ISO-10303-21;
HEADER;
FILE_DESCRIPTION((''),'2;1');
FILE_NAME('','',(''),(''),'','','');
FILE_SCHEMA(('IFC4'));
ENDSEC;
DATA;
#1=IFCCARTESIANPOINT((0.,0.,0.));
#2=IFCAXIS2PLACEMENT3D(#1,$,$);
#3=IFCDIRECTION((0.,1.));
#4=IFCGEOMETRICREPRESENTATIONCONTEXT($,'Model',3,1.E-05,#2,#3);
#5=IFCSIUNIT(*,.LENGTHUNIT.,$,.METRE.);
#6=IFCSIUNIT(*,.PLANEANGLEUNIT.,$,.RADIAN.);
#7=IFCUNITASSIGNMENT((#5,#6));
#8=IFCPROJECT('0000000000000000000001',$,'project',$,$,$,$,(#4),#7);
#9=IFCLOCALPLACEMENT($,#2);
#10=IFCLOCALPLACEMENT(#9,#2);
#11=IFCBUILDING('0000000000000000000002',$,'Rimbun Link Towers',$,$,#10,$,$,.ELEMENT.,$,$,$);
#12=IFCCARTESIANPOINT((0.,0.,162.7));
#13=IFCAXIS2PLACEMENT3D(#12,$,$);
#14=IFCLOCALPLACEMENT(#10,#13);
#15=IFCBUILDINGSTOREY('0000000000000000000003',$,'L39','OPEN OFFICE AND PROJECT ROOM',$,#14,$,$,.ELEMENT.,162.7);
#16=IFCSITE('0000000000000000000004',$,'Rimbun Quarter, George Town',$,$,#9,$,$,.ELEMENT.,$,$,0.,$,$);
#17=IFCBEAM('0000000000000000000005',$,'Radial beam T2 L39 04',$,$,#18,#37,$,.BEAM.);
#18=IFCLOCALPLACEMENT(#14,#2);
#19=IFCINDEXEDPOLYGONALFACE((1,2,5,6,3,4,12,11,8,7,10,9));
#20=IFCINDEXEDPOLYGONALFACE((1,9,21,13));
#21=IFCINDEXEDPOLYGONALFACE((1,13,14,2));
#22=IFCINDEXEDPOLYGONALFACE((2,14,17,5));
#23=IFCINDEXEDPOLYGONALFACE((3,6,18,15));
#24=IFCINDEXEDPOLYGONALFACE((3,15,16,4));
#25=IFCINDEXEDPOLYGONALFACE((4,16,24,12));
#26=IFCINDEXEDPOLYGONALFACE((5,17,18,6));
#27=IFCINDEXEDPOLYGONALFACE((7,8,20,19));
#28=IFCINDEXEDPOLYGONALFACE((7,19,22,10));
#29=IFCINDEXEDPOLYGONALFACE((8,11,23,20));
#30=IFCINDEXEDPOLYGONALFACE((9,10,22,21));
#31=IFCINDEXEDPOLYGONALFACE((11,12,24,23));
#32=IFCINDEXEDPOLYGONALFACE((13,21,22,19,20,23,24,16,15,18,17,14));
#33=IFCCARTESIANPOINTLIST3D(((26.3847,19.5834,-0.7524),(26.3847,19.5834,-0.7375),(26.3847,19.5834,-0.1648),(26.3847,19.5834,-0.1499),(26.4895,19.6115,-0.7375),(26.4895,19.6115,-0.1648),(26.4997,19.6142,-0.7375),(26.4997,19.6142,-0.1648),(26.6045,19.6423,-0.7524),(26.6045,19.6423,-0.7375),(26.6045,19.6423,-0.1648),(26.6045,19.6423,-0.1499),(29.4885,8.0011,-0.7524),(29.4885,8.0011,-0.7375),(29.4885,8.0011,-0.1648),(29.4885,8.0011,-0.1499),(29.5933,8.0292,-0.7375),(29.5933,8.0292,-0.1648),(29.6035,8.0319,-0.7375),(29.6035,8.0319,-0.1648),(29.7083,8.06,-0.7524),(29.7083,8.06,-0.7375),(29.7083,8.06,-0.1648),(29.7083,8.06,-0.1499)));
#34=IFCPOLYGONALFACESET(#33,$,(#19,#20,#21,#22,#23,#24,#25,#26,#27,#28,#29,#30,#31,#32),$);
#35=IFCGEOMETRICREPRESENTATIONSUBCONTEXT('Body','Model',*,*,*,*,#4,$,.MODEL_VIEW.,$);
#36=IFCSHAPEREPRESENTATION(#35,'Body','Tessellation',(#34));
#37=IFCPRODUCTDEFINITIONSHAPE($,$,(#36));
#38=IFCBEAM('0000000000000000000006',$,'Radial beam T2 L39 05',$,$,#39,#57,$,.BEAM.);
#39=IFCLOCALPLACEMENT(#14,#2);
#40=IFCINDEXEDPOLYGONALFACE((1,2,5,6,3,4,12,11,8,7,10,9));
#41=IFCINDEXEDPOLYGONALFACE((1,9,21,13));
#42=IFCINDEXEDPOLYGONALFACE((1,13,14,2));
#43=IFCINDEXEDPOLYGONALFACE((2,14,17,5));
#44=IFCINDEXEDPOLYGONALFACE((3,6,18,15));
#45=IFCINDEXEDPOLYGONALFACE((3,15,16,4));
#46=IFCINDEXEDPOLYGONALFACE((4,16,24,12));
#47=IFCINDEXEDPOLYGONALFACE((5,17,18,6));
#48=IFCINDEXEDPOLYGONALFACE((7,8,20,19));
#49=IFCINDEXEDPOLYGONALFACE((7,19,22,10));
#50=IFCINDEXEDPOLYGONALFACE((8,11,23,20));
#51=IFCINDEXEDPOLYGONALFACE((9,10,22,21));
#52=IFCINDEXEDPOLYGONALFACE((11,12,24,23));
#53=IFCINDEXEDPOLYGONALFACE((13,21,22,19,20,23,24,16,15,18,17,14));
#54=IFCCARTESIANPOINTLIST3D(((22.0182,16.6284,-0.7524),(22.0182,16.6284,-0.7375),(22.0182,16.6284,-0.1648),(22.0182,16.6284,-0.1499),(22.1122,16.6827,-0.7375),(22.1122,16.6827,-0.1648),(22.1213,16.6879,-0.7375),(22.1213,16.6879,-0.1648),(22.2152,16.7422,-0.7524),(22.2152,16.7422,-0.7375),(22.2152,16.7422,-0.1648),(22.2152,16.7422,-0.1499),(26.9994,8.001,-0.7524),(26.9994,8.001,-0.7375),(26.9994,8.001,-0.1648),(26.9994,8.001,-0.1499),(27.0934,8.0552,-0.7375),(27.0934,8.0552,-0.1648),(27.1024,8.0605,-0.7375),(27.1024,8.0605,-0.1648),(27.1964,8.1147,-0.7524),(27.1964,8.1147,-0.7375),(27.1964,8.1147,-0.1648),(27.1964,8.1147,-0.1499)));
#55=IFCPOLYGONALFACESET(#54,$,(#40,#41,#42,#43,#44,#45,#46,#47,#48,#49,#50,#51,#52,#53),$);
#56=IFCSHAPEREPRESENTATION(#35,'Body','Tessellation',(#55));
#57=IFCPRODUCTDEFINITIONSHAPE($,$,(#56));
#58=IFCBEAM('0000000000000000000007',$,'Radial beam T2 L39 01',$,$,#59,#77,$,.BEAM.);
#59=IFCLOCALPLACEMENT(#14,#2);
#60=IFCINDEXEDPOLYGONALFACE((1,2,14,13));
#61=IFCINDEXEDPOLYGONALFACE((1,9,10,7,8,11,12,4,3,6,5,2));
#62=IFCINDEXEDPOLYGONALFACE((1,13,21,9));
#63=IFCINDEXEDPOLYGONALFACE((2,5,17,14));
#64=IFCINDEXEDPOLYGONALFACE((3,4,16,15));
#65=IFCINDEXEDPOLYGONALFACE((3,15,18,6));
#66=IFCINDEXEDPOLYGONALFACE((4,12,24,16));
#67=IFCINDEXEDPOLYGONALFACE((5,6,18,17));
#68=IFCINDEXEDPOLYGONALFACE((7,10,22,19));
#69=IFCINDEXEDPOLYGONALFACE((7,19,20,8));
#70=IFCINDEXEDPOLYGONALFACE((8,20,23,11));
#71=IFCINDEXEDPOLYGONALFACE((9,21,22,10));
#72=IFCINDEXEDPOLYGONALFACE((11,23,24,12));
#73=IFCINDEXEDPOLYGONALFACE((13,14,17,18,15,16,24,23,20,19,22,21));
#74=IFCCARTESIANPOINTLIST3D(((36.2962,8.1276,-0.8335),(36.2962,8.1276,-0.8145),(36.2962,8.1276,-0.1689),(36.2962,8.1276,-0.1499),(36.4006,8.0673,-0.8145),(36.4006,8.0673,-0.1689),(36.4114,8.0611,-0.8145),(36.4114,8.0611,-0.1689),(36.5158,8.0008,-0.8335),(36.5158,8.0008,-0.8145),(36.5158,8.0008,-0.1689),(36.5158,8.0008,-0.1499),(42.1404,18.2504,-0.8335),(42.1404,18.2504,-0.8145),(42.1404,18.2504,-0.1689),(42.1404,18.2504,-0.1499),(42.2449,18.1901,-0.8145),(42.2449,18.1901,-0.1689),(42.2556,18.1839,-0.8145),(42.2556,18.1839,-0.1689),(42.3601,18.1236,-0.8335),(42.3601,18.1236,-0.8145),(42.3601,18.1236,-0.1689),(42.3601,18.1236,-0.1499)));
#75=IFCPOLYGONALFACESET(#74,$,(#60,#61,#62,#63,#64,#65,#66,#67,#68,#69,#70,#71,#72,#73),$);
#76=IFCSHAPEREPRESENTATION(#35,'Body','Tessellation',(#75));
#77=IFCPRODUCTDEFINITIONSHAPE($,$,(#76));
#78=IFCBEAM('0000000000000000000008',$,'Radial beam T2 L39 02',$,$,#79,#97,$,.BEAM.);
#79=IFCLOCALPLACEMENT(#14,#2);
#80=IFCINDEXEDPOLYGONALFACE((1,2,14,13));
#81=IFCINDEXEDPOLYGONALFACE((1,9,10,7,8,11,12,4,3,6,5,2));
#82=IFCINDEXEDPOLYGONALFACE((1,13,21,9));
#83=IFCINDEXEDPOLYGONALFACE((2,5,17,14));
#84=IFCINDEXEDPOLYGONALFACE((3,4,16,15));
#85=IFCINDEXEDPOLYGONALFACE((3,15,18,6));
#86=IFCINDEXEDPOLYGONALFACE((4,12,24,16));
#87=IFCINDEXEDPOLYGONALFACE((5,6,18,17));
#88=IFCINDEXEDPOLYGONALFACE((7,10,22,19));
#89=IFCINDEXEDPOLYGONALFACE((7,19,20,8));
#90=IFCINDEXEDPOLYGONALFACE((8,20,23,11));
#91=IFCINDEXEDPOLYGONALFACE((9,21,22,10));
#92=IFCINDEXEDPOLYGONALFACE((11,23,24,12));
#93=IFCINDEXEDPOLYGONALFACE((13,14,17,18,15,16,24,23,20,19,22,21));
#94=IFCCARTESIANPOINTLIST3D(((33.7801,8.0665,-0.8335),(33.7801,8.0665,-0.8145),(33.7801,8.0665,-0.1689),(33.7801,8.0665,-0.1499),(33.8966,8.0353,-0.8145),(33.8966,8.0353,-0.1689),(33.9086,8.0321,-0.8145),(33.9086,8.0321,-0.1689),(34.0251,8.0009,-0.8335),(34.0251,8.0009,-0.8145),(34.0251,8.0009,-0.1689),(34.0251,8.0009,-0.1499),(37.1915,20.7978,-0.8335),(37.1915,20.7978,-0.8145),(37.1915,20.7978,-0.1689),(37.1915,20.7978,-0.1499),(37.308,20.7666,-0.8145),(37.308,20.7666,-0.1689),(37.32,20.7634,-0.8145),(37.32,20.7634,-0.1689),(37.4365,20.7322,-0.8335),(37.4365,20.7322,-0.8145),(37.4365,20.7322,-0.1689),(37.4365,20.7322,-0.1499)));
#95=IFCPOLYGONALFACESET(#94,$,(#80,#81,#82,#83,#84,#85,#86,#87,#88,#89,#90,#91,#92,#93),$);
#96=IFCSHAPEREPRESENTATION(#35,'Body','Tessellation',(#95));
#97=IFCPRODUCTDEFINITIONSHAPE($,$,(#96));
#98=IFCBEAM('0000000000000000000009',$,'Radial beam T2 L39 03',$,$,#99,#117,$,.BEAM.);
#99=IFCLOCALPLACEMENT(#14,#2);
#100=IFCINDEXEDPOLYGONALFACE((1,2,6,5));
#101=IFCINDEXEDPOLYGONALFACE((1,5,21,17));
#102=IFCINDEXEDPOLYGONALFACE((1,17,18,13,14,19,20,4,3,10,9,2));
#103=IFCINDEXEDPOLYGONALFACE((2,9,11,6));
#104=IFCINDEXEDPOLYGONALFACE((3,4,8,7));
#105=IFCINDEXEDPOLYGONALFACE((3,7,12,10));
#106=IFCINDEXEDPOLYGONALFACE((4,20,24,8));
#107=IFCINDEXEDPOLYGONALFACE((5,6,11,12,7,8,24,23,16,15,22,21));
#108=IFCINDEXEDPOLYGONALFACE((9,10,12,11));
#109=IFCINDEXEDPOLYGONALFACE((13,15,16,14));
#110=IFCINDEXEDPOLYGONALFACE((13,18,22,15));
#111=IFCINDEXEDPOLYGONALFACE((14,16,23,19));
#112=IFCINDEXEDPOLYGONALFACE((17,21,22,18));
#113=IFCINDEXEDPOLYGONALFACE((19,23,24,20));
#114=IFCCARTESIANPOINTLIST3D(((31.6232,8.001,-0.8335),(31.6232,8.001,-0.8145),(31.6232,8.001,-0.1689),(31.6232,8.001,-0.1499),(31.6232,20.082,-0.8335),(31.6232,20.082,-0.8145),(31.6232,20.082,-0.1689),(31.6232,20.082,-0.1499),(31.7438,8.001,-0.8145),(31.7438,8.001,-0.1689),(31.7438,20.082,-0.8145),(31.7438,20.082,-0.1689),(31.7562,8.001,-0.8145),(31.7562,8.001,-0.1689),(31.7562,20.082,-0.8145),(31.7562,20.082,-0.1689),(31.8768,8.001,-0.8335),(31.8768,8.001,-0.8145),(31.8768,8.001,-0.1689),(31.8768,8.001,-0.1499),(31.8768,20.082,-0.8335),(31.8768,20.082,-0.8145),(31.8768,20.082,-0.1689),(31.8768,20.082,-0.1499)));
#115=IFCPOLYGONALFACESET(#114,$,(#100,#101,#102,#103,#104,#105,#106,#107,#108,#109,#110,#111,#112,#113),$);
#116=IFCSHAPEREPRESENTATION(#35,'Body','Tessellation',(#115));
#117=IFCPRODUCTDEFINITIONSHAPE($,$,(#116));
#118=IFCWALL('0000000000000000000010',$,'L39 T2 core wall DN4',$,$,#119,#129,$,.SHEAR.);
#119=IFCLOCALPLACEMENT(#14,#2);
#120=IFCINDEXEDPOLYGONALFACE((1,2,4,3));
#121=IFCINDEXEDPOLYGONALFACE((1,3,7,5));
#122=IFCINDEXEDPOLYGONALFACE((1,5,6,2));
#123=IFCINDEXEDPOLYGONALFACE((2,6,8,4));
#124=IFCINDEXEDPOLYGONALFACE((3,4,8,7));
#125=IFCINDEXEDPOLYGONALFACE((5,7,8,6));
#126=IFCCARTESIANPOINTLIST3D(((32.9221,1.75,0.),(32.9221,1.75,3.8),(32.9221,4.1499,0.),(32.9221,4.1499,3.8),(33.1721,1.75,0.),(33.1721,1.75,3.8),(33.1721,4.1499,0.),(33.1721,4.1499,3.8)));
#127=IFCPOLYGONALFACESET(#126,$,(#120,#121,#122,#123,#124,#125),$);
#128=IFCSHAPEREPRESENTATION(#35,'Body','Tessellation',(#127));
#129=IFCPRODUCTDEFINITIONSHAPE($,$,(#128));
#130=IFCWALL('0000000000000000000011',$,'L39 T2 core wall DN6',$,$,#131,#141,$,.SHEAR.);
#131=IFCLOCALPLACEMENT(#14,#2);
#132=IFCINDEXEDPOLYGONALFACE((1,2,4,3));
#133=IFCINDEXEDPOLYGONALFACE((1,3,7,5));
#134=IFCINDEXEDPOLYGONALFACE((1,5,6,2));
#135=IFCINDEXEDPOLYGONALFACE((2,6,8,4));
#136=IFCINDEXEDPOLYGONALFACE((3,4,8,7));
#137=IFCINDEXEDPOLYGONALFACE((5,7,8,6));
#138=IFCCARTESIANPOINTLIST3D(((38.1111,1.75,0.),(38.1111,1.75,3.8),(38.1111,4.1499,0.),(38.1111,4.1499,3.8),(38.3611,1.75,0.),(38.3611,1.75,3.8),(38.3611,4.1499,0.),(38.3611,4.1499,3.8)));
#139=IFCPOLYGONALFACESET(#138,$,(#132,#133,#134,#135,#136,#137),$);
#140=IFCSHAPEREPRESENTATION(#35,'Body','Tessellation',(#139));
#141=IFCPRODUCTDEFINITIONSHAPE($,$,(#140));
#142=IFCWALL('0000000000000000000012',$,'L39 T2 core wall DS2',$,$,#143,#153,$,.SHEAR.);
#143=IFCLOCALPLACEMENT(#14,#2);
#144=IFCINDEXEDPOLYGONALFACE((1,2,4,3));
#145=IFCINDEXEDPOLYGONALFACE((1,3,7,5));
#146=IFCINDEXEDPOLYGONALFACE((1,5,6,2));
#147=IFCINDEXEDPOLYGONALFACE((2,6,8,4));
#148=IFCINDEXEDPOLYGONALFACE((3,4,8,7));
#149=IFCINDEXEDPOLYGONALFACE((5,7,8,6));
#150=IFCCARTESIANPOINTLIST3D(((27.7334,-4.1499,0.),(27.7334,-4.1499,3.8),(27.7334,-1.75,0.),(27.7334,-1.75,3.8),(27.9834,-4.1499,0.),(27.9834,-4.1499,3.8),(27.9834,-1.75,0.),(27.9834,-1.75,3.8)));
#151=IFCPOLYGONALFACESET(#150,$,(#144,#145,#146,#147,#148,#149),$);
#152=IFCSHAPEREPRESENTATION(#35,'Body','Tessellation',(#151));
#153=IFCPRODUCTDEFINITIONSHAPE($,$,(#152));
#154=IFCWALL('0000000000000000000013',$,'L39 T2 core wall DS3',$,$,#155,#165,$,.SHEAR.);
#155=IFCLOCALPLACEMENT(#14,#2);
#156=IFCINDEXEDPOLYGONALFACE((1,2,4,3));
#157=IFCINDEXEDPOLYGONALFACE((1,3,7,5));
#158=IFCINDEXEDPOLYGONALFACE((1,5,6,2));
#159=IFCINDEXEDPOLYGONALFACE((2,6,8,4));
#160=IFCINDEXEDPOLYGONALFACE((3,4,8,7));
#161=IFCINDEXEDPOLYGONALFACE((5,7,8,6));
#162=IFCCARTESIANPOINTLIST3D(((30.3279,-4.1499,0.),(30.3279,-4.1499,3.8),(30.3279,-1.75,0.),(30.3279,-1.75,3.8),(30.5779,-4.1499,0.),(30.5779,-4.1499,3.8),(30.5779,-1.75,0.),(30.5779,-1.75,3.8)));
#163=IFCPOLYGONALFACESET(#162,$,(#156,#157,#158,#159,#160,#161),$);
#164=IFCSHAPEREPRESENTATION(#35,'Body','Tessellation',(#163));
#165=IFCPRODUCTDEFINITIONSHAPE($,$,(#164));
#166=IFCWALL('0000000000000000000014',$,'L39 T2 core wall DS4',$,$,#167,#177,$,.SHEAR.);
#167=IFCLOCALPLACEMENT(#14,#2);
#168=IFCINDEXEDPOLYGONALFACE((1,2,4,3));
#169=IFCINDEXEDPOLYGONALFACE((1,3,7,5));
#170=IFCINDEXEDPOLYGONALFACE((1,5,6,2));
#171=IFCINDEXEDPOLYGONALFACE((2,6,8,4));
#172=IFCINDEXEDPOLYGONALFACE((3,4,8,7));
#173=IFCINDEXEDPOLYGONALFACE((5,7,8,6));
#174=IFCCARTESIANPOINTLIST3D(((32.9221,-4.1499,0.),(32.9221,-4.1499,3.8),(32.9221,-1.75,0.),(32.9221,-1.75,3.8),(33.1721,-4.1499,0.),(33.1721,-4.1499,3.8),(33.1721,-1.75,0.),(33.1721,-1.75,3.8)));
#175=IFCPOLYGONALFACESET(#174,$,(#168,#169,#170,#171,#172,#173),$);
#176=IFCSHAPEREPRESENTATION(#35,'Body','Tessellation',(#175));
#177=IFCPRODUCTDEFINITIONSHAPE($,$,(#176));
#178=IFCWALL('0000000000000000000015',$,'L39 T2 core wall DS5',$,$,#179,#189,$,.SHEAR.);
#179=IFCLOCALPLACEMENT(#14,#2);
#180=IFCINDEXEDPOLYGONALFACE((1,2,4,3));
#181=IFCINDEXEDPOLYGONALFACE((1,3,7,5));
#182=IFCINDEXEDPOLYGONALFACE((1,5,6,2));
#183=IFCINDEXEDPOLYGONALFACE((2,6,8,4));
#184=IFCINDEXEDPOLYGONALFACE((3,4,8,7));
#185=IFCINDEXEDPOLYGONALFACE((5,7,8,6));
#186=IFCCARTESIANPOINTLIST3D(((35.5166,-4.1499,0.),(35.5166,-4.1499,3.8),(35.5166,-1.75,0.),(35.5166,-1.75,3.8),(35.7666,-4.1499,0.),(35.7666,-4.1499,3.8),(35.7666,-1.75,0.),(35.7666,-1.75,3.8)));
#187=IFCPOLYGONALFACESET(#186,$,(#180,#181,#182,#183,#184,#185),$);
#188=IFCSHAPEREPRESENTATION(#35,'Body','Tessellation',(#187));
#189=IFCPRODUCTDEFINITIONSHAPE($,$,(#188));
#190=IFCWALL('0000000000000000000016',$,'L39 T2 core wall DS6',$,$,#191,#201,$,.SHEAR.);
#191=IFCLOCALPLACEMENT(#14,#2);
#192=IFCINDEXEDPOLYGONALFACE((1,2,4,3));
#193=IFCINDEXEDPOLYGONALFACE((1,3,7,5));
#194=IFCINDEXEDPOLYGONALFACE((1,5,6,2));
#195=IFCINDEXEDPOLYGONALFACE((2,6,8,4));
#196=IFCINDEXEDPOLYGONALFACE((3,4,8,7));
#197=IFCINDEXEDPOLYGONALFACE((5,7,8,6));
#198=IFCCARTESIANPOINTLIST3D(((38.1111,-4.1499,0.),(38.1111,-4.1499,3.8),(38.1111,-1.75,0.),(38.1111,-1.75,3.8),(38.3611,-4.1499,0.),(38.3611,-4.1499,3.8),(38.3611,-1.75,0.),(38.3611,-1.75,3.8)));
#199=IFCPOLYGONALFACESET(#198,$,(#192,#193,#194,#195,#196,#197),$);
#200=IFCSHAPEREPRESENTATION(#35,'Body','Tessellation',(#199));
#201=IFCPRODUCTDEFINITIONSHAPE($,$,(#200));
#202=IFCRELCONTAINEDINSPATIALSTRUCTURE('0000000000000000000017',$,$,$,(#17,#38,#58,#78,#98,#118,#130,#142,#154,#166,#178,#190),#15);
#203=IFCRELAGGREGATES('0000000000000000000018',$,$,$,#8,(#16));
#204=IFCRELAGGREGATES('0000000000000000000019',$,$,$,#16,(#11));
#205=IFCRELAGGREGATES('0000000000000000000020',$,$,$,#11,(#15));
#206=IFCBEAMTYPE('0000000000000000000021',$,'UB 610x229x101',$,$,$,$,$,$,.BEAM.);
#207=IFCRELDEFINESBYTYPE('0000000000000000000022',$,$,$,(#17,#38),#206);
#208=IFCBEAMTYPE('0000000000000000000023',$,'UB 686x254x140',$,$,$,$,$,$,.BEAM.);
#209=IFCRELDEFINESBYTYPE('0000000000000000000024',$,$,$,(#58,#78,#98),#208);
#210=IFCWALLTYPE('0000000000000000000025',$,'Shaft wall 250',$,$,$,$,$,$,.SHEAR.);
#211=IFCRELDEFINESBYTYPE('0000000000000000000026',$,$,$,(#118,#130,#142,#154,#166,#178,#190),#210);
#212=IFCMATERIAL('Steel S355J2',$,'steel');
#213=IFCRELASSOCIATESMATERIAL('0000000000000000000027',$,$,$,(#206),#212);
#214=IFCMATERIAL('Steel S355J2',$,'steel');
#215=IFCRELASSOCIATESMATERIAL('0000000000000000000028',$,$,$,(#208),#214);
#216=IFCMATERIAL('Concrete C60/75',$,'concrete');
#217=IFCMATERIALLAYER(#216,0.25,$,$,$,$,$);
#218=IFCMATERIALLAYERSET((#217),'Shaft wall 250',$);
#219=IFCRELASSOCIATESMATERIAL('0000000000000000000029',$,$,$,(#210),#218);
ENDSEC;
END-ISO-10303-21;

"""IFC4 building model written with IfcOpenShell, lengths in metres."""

from ifc_helpers import new_model, si_unit, direction, frame, frame_2d, origin, origin_2d, place, context, subcontext, project, spatial, rectangle, i_section, extrude, material, layer, layer_set, material_profile, profile_set, type_object, element, save


model = new_model("IFC4")

# Units and contexts
model_context = context("Model", 3, precision=1e-05, world=origin(), true_north=direction((0.0, 1.0)))
body_context = subcontext(model_context, "Body", "Model", "MODEL_VIEW")
ifc_project = project(units=[si_unit("LENGTHUNIT", "METRE"), si_unit("PLANEANGLEUNIT", "RADIAN")], contexts=[model_context])

# Site, building, storey
site_placement = place(None, origin())
site = spatial("IfcSite", under=ifc_project, at=site_placement, Name="Rimbun Quarter, George Town", CompositionType="ELEMENT", RefElevation=0.0)
building_placement = place(site_placement, origin())
building = spatial("IfcBuilding", under=site, at=building_placement, Name="Rimbun Link Towers", CompositionType="ELEMENT")
storey_placement = place(building_placement, frame((0.0, 0.0, 162.7)))
storey = spatial("IfcBuildingStorey", under=building, at=storey_placement, Name="L39", Description="OPEN OFFICE AND PROJECT ROOM", CompositionType="ELEMENT", Elevation=162.7)

# Beams
ifc_material_1 = material(Name="Steel S355J2", Category="steel")
ifc_material_profile_1 = material_profile(ifc_material_1, i_section(OverallWidth=0.2275, OverallDepth=0.6025, WebThickness=0.0105, FlangeThickness=0.0149, at=origin_2d()), Name="UB 610x229x101")
ifc_profile_set_1 = profile_set([ifc_material_profile_1], Name="Steel S355J2")
beam_type_1 = type_object("IfcBeamType", Name="UB 610x229x101", PredefinedType="BEAM", material=ifc_profile_set_1)
beam_1_placement = place(storey_placement, frame((29.5984, 8.0305, -0.4512), z_axis=(-0.258842, 0.96592, 0.0), x_axis=(-0.96592, -0.258842, 0.0)))
element("IfcBeam", 1, at=beam_1_placement, inside=storey, type_object=beam_type_1, Name="Radial beam T2 L39 04", PredefinedType="BEAM", context=body_context, shape_type="SweptSolid", body=[
    extrude(i_section(OverallWidth=0.2275, OverallDepth=0.6025, WebThickness=0.0105, FlangeThickness=0.0149, at=origin_2d()), origin(), (0.0, 0.0, 1.0), 11.991),
])
beam_2_placement = place(storey_placement, frame((27.0979, 8.0579, -0.4512), z_axis=(-0.500011, 0.866019, 0.0), x_axis=(-0.866019, -0.500011, 0.0)))
element("IfcBeam", 2, at=beam_2_placement, inside=storey, type_object=beam_type_1, Name="Radial beam T2 L39 05", PredefinedType="BEAM", context=body_context, shape_type="SweptSolid", body=[
    extrude(i_section(OverallWidth=0.2275, OverallDepth=0.6025, WebThickness=0.0105, FlangeThickness=0.0149, at=origin_2d()), origin(), (0.0, 0.0, 1.0), 9.9622),
])
ifc_material_2 = material(Name="Steel S355J2", Category="steel")
ifc_material_profile_2 = material_profile(ifc_material_2, i_section(OverallWidth=0.2537, OverallDepth=0.6836, WebThickness=0.0125, FlangeThickness=0.019, at=origin_2d()), Name="UB 686x254x140")
ifc_profile_set_2 = profile_set([ifc_material_profile_2], Name="Steel S355J2")
beam_type_2 = type_object("IfcBeamType", Name="UB 686x254x140", PredefinedType="BEAM", material=ifc_profile_set_2)
beam_3_placement = place(storey_placement, frame((36.406, 8.0642, -0.4917), z_axis=(0.499989, 0.866032, 0.0), x_axis=(-0.866032, 0.499989, 0.0)))
element("IfcBeam", 3, at=beam_3_placement, inside=storey, type_object=beam_type_2, Name="Radial beam T2 L39 01", PredefinedType="BEAM", context=body_context, shape_type="SweptSolid", body=[
    extrude(i_section(OverallWidth=0.2537, OverallDepth=0.6836, WebThickness=0.0125, FlangeThickness=0.019, at=origin_2d()), origin(), (0.0, 0.0, 1.0), 11.6887),
])
beam_4_placement = place(storey_placement, frame((33.9026, 8.0337, -0.4917), z_axis=(0.258823, 0.965925, 0.0), x_axis=(-0.965925, 0.258823, 0.0)))
element("IfcBeam", 4, at=beam_4_placement, inside=storey, type_object=beam_type_2, Name="Radial beam T2 L39 02", PredefinedType="BEAM", context=body_context, shape_type="SweptSolid", body=[
    extrude(i_section(OverallWidth=0.2537, OverallDepth=0.6836, WebThickness=0.0125, FlangeThickness=0.019, at=origin_2d()), origin(), (0.0, 0.0, 1.0), 13.1804),
])
beam_5_placement = place(storey_placement, frame((31.75, 8.001, -0.4917), z_axis=(0.0, 1.0, 0.0), x_axis=(-1.0, 0.0, 0.0)))
element("IfcBeam", 5, at=beam_5_placement, inside=storey, type_object=beam_type_2, Name="Radial beam T2 L39 03", PredefinedType="BEAM", context=body_context, shape_type="SweptSolid", body=[
    extrude(i_section(OverallWidth=0.2537, OverallDepth=0.6836, WebThickness=0.0125, FlangeThickness=0.019, at=origin_2d()), origin(), (0.0, 0.0, 1.0), 12.0811),
])

# Walls
ifc_material_3 = material(Name="Concrete C60/75", Category="concrete")
ifc_layer = layer(ifc_material_3, 0.25)
ifc_layer_set = layer_set([ifc_layer], Name="Shaft wall 250")
wall_type = type_object("IfcWallType", Name="Shaft wall 250", PredefinedType="SHEAR", material=ifc_layer_set)
for number, where, z_axis, x_axis, name in (
    (6, (33.0471, 1.75, 0.0), (0.0, 0.0, 1.0), (0.0, 1.0, 0.0), "L39 T2 core wall DN4"),
    (7, (38.2361, 1.75, 0.0), (0.0, 0.0, 1.0), (0.0, 1.0, 0.0), "L39 T2 core wall DN6"),
    (8, (27.8584, -4.1499, 0.0), (0.0, 0.0, 1.0), (0.0, 1.0, 0.0), "L39 T2 core wall DS2"),
    (9, (30.4529, -4.1499, 0.0), (0.0, 0.0, 1.0), (0.0, 1.0, 0.0), "L39 T2 core wall DS3"),
    (10, (33.0471, -4.1499, 0.0), (0.0, 0.0, 1.0), (0.0, 1.0, 0.0), "L39 T2 core wall DS4"),
    (11, (35.6416, -4.1499, 0.0), (0.0, 0.0, 1.0), (0.0, 1.0, 0.0), "L39 T2 core wall DS5"),
    (12, (38.2361, -4.1499, 0.0), (0.0, 0.0, 1.0), (0.0, 1.0, 0.0), "L39 T2 core wall DS6"),
):
    element("IfcWall", number, at=place(storey_placement, frame(where, z_axis=z_axis, x_axis=x_axis)), inside=storey, type_object=wall_type, Name=name, PredefinedType="SHEAR", context=body_context, shape_type="SweptSolid", body=[
        extrude(rectangle(XDim=2.3999, YDim=0.25, at=frame_2d((1.2, 0.0))), origin(), (0.0, 0.0, 1.0), 3.8),
    ])

save(model, "model.ifc")
